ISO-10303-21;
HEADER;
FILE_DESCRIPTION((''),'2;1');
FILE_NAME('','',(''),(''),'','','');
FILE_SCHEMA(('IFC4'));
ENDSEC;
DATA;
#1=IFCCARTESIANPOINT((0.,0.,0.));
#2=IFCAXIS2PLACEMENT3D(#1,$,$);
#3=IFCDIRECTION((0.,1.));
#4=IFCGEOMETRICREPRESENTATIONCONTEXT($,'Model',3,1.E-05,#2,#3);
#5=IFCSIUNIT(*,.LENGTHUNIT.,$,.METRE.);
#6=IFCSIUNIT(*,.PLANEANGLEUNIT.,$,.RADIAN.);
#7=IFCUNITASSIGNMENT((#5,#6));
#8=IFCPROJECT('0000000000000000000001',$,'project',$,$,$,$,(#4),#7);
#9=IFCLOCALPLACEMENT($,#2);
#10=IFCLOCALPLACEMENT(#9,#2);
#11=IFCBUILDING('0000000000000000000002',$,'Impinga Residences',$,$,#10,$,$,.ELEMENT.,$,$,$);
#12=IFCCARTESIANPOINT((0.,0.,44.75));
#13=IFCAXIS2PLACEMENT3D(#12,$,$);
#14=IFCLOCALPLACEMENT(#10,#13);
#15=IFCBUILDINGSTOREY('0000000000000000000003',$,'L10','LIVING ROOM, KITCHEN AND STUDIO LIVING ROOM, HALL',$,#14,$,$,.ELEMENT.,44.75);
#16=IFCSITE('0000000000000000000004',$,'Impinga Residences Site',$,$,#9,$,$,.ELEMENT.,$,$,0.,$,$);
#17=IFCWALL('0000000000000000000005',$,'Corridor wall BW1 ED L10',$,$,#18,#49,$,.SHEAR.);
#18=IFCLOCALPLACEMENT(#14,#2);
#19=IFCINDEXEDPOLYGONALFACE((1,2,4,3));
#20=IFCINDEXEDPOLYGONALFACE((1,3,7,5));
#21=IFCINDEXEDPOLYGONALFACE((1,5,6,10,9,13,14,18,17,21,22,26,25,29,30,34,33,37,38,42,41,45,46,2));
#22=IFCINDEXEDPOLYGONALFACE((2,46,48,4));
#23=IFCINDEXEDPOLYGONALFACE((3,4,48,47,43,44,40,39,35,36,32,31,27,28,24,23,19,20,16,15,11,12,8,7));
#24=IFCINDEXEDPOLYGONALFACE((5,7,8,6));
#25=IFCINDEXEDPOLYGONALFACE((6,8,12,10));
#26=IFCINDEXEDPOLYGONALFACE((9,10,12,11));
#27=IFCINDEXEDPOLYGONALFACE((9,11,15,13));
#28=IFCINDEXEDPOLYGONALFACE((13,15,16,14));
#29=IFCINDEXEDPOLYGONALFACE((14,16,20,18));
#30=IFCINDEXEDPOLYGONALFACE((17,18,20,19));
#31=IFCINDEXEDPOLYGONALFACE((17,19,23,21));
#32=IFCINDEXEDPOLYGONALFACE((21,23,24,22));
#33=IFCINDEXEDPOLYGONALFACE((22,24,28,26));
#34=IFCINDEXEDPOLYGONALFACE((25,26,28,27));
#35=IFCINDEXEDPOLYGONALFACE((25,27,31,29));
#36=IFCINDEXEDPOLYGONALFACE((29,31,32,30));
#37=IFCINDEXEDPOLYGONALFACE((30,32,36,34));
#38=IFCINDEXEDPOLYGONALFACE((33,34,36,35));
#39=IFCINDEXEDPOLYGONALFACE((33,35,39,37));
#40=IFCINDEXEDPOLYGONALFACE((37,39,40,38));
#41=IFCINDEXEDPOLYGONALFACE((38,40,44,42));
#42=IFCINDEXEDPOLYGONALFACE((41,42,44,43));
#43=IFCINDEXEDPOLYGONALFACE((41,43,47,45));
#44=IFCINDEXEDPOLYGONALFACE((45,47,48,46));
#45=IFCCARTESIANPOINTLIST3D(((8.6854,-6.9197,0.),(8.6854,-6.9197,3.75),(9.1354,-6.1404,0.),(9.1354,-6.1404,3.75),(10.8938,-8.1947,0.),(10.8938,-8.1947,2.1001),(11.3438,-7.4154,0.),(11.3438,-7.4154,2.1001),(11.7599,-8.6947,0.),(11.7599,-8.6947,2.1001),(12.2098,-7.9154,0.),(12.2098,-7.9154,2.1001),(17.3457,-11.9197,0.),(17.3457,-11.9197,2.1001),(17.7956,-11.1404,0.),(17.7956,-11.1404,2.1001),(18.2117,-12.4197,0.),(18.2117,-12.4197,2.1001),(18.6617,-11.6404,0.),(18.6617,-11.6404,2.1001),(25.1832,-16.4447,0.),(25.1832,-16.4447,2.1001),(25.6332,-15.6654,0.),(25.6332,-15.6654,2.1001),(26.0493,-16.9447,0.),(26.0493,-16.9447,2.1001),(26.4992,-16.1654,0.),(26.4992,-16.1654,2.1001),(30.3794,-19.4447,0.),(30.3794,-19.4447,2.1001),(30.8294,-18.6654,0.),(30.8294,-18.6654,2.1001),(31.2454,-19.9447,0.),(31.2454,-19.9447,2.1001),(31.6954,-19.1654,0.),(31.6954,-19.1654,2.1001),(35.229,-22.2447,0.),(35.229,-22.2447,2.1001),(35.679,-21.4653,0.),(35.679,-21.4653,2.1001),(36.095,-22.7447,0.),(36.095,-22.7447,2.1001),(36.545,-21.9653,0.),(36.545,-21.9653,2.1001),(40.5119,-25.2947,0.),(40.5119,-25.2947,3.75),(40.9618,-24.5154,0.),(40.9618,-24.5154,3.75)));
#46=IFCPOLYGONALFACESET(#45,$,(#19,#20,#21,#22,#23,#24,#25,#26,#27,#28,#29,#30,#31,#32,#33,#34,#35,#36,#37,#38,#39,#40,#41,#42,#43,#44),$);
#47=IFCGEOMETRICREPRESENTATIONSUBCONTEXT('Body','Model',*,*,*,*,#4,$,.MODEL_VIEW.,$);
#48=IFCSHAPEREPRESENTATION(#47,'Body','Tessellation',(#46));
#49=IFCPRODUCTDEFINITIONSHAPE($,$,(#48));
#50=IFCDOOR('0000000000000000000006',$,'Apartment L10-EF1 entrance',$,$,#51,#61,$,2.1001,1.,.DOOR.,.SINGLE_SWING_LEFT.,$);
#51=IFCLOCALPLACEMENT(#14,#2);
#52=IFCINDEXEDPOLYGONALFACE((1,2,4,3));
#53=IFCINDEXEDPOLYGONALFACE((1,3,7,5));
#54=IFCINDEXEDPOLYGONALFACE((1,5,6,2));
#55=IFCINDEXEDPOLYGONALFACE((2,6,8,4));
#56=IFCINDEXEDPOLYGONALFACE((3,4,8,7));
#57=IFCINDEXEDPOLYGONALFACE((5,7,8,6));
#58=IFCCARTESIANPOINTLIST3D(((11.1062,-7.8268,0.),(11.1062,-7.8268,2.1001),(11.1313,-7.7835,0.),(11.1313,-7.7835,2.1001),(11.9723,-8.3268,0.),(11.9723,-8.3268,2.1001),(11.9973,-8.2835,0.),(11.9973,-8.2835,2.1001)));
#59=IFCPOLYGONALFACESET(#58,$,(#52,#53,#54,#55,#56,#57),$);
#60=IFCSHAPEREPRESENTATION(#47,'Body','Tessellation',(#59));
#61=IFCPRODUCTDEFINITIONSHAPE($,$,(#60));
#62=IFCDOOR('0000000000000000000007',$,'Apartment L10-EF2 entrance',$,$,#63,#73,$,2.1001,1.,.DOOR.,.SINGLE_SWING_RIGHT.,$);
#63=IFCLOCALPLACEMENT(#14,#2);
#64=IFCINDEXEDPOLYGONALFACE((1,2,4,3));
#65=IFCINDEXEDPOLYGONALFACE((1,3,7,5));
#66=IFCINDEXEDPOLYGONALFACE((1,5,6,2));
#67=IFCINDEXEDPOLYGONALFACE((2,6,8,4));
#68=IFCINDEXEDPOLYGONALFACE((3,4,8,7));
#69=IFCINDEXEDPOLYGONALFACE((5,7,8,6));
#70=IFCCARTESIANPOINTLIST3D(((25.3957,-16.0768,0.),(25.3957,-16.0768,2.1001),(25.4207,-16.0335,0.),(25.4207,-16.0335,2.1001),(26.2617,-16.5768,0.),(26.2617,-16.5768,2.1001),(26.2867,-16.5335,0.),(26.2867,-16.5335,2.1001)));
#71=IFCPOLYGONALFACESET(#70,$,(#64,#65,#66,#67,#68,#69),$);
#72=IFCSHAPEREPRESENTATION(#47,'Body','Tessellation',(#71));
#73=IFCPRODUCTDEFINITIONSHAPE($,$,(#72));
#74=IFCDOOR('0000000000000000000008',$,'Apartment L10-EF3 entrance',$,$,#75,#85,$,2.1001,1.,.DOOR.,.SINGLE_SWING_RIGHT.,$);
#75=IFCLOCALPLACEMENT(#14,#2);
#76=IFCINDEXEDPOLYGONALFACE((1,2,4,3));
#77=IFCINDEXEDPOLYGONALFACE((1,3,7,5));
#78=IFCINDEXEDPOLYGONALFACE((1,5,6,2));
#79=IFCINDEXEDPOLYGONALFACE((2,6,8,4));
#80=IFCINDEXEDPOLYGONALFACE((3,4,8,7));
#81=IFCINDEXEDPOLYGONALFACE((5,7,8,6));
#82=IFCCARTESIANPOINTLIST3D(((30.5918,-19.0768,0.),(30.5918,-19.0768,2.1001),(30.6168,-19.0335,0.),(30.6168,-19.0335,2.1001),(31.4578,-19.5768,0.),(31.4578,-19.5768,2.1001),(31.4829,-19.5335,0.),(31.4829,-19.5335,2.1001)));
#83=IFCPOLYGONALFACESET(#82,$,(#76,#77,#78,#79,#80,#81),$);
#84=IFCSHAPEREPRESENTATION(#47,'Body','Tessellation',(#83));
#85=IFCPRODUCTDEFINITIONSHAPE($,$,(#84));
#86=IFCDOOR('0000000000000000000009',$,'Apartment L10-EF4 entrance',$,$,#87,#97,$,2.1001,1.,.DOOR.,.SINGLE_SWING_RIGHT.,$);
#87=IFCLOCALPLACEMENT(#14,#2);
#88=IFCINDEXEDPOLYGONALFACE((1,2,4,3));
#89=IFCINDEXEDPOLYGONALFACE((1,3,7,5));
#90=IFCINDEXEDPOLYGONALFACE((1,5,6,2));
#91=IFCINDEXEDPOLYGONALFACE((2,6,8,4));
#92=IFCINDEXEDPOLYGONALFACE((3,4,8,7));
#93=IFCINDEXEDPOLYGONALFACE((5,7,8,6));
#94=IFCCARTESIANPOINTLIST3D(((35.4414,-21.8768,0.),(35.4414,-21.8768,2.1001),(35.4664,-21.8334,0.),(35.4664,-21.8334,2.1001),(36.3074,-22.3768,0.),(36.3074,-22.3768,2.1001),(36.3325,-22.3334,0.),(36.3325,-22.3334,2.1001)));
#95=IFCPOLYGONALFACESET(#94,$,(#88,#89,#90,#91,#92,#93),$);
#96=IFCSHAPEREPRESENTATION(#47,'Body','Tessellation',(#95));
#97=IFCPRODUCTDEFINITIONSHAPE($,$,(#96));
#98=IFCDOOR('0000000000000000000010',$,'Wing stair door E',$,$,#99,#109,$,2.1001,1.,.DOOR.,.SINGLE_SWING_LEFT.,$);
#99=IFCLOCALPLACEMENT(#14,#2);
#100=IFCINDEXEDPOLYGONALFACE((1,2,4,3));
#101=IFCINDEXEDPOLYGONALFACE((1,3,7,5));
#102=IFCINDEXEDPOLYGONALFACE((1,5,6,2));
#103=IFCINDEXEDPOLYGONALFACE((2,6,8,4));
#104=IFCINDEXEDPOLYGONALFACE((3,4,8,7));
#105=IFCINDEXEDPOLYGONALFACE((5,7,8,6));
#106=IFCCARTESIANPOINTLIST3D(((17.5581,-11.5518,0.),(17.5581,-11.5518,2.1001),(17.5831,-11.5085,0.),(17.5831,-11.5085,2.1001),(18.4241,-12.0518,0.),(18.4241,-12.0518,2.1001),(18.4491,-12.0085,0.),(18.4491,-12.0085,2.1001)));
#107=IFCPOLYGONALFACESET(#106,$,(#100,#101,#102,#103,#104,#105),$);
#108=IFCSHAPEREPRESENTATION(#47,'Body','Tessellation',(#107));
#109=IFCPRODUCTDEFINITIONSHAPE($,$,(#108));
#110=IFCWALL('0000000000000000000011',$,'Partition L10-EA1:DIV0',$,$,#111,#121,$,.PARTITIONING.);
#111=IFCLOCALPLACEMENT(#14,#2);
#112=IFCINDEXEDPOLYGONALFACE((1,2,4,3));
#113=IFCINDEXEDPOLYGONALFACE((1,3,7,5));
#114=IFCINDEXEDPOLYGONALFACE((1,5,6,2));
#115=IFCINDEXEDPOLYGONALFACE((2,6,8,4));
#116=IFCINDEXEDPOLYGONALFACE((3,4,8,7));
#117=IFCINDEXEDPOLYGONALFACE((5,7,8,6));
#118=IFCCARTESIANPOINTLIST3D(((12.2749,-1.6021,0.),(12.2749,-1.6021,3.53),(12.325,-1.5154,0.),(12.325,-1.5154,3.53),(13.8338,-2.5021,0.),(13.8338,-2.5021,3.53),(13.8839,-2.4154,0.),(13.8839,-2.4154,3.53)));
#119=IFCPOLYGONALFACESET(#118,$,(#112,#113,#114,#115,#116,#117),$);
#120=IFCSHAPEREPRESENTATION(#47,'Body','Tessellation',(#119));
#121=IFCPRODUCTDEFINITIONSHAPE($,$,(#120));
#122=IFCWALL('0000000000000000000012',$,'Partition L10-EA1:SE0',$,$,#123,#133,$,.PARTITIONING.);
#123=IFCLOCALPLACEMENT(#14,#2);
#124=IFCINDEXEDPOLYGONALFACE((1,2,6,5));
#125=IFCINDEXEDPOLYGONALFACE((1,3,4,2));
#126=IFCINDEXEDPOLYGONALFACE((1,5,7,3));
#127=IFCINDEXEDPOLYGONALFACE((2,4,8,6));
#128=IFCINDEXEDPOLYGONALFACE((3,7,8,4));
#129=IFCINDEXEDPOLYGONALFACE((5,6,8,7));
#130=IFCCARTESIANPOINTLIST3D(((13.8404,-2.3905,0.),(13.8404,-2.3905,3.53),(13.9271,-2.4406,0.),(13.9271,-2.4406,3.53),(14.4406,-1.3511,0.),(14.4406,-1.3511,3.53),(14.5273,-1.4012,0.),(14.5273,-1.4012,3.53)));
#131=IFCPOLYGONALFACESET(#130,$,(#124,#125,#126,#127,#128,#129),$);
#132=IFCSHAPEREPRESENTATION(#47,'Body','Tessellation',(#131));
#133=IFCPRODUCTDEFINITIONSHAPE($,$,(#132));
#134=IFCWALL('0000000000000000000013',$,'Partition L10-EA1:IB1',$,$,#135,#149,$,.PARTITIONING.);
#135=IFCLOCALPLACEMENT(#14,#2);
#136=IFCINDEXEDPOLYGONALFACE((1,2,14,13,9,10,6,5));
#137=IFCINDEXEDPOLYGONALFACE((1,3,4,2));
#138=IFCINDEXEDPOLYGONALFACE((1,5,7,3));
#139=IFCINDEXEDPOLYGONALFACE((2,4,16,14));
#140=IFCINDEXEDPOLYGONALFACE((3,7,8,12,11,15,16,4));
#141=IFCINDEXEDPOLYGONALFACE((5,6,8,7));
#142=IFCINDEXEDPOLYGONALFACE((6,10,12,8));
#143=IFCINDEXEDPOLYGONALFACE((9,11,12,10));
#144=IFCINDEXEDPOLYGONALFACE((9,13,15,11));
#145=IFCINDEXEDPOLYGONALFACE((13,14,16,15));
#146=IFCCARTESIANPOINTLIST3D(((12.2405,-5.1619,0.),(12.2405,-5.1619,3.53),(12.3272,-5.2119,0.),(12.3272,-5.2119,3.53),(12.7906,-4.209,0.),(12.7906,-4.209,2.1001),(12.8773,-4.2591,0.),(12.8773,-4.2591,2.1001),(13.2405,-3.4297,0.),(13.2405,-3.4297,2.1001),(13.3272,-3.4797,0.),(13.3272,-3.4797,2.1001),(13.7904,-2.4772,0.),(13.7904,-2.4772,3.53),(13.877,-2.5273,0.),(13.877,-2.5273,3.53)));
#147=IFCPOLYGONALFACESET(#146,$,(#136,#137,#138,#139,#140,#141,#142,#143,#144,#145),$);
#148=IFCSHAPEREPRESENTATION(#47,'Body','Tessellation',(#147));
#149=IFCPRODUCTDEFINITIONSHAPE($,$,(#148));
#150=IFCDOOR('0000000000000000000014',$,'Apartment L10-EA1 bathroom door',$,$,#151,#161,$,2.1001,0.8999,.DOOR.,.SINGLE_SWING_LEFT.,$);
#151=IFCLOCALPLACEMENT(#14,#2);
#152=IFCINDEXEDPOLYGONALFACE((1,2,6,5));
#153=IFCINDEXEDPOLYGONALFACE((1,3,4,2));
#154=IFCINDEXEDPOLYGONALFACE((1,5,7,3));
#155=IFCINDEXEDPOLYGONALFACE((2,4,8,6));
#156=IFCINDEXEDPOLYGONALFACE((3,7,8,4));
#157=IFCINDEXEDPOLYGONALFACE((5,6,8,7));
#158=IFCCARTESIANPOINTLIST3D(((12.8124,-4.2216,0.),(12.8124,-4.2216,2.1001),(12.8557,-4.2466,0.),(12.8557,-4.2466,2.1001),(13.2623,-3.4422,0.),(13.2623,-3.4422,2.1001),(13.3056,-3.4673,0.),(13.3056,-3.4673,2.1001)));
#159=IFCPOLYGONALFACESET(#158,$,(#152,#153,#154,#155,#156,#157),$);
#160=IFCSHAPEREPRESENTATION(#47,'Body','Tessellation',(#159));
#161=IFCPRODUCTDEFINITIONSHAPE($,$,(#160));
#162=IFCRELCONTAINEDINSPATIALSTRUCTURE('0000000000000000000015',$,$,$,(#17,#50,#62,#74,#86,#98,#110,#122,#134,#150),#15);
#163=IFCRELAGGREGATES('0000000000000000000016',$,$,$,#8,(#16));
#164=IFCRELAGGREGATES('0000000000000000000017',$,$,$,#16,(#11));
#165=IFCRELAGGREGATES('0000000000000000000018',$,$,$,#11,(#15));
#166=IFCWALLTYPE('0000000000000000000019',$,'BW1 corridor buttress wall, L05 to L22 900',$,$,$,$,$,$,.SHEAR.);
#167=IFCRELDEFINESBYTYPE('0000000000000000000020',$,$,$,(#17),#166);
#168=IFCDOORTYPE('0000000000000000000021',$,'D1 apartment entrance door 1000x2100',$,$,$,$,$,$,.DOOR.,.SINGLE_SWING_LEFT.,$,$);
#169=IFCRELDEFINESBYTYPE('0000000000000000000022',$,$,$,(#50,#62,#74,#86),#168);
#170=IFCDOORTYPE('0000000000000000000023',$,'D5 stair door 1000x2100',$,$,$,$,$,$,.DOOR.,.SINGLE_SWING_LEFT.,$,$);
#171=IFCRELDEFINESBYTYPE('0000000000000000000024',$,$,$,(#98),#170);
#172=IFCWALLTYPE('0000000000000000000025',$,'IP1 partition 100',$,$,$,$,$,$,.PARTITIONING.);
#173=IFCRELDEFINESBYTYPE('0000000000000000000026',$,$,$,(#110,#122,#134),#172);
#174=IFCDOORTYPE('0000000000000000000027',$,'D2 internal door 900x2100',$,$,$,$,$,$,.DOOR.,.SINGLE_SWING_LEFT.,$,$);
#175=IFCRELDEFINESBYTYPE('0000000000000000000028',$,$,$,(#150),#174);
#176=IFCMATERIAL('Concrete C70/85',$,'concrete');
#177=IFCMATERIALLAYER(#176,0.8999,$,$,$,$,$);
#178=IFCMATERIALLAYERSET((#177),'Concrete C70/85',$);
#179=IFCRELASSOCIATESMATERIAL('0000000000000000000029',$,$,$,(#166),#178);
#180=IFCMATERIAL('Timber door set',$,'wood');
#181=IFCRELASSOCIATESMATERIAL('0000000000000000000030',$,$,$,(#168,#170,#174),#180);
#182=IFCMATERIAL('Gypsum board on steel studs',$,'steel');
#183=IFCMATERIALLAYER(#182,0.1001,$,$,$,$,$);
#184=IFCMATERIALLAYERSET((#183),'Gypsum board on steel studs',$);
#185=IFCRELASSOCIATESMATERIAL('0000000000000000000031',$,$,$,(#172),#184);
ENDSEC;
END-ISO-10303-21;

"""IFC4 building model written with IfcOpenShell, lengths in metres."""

from ifc_helpers import new_model, si_unit, direction, frame, frame_2d, origin, place, context, subcontext, project, spatial, rectangle, extrude, material, layer, layer_set, type_object, element, fill, save


model = new_model("IFC4")

# Units and contexts
model_context = context("Model", 3, precision=1e-05, world=origin(), true_north=direction((0.0, 1.0)))
body_context = subcontext(model_context, "Body", "Model", "MODEL_VIEW")
ifc_project = project(units=[si_unit("LENGTHUNIT", "METRE"), si_unit("PLANEANGLEUNIT", "RADIAN")], contexts=[model_context])

# Site, building, storey
site_placement = place(None, origin())
site = spatial("IfcSite", under=ifc_project, at=site_placement, Name="Impinga Residences Site", CompositionType="ELEMENT", RefElevation=0.0)
building_placement = place(site_placement, origin())
building = spatial("IfcBuilding", under=site, at=building_placement, Name="Impinga Residences", CompositionType="ELEMENT")
storey_placement = place(building_placement, frame((0.0, 0.0, 44.75)))
storey = spatial("IfcBuildingStorey", under=building, at=storey_placement, Name="L10", Description="LIVING ROOM, KITCHEN AND STUDIO LIVING ROOM, HALL", CompositionType="ELEMENT", Elevation=44.75)

# Wall, openings, doors
ifc_material_1 = material(Name="Concrete C70/85", Category="concrete")
ifc_layer_1 = layer(ifc_material_1, 0.8999)
ifc_layer_set_1 = layer_set([ifc_layer_1], Name="Concrete C70/85")
wall_type_1 = type_object("IfcWallType", Name="BW1 corridor buttress wall, L05 to L22 900", PredefinedType="SHEAR", material=ifc_layer_set_1)
ifc_material_2 = material(Name="Timber door set", Category="wood")
door_type_1 = type_object("IfcDoorType", Name="D1 apartment entrance door 1000x2100", OperationType="SINGLE_SWING_LEFT", PredefinedType="DOOR", material=ifc_material_2)
wall_1_placement = place(storey_placement, frame((8.9104, -6.53, 0.0), z_axis=(0.0, 0.0, 1.0), x_axis=(0.866025, -0.5, 0.0)))
wall_1 = element("IfcWall", 1, at=wall_1_placement, inside=storey, type_object=wall_type_1, Name="Corridor wall BW1 ED L10", PredefinedType="SHEAR", context=body_context, shape_type="SweptSolid", body=[
    extrude(rectangle(XDim=36.75, YDim=0.8999, at=frame_2d((18.375, 0.0))), origin(), (0.0, 0.0, 1.0), 3.75),
])
opening_1_placement = place(wall_1_placement, frame((10.0, 0.0, 0.0)))
opening_1 = element("IfcOpeningElement", 2, at=opening_1_placement, cuts=wall_1, PredefinedType="OPENING", context=body_context, shape_type="SweptSolid", body=[
    extrude(rectangle(XDim=1.0, YDim=2.1001, at=frame_2d((0.5, 1.05))), frame((0.0, 0.46, 0.0), z_axis=(0.0, -1.0, 0.0), x_axis=(1.0, 0.0, 0.0)), (0.0, 0.0, 1.0), 0.9199),
])
opening_2_placement = place(wall_1_placement, frame((2.55, 0.0, 0.0)))
opening_2 = element("IfcOpeningElement", 3, at=opening_2_placement, cuts=wall_1, PredefinedType="OPENING", context=body_context, shape_type="SweptSolid", body=[
    extrude(rectangle(XDim=1.0, YDim=2.1001, at=frame_2d((0.5, 1.05))), frame((0.0, 0.46, 0.0), z_axis=(0.0, -1.0, 0.0), x_axis=(1.0, 0.0, 0.0)), (0.0, 0.0, 1.0), 0.9199),
])
opening_3_placement = place(wall_1_placement, frame((19.05, 0.0, 0.0)))
opening_3 = element("IfcOpeningElement", 4, at=opening_3_placement, cuts=wall_1, PredefinedType="OPENING", context=body_context, shape_type="SweptSolid", body=[
    extrude(rectangle(XDim=1.0, YDim=2.1001, at=frame_2d((0.5, 1.05))), frame((0.0, 0.46, 0.0), z_axis=(0.0, -1.0, 0.0), x_axis=(1.0, 0.0, 0.0)), (0.0, 0.0, 1.0), 0.9199),
])
opening_4_placement = place(wall_1_placement, frame((25.05, 0.0, 0.0)))
opening_4 = element("IfcOpeningElement", 5, at=opening_4_placement, cuts=wall_1, PredefinedType="OPENING", context=body_context, shape_type="SweptSolid", body=[
    extrude(rectangle(XDim=1.0, YDim=2.1001, at=frame_2d((0.5, 1.05))), frame((0.0, 0.46, 0.0), z_axis=(0.0, -1.0, 0.0), x_axis=(1.0, 0.0, 0.0)), (0.0, 0.0, 1.0), 0.9199),
])
opening_5_placement = place(wall_1_placement, frame((30.6499, 0.0, 0.0)))
opening_5 = element("IfcOpeningElement", 6, at=opening_5_placement, cuts=wall_1, PredefinedType="OPENING", context=body_context, shape_type="SweptSolid", body=[
    extrude(rectangle(XDim=1.0, YDim=2.1001, at=frame_2d((0.5, 1.05))), frame((0.0, 0.46, 0.0), z_axis=(0.0, -1.0, 0.0), x_axis=(1.0, 0.0, 0.0)), (0.0, 0.0, 1.0), 0.9199),
])
door_1_placement = place(opening_2_placement, origin())
door_1 = element("IfcDoor", 7, at=door_1_placement, inside=storey, type_object=door_type_1, Name="Apartment L10-EF1 entrance", OperationType="SINGLE_SWING_LEFT", OverallHeight=2.1001, OverallWidth=1.0, PredefinedType="DOOR", context=body_context, shape_type="SweptSolid", body=[
    extrude(rectangle(XDim=1.0, YDim=2.1001, at=frame_2d((0.5, 1.05))), frame((0.0, 0.0249, 0.0), z_axis=(0.0, -1.0, 0.0), x_axis=(1.0, 0.0, 0.0)), (0.0, 0.0, 1.0), 0.05),
])
fill(opening_2, door_1)
door_2_placement = place(opening_3_placement, origin())
door_2 = element("IfcDoor", 8, at=door_2_placement, inside=storey, type_object=door_type_1, Name="Apartment L10-EF2 entrance", OperationType="SINGLE_SWING_RIGHT", OverallHeight=2.1001, OverallWidth=1.0, PredefinedType="DOOR", context=body_context, shape_type="SweptSolid", body=[
    extrude(rectangle(XDim=1.0, YDim=2.1001, at=frame_2d((0.5, 1.05))), frame((0.0, 0.0249, 0.0), z_axis=(0.0, -1.0, 0.0), x_axis=(1.0, 0.0, 0.0)), (0.0, 0.0, 1.0), 0.05),
])
fill(opening_3, door_2)
door_3_placement = place(opening_4_placement, origin())
door_3 = element("IfcDoor", 9, at=door_3_placement, inside=storey, type_object=door_type_1, Name="Apartment L10-EF3 entrance", OperationType="SINGLE_SWING_RIGHT", OverallHeight=2.1001, OverallWidth=1.0, PredefinedType="DOOR", context=body_context, shape_type="SweptSolid", body=[
    extrude(rectangle(XDim=1.0, YDim=2.1001, at=frame_2d((0.5, 1.05))), frame((0.0, 0.0249, 0.0), z_axis=(0.0, -1.0, 0.0), x_axis=(1.0, 0.0, 0.0)), (0.0, 0.0, 1.0), 0.05),
])
fill(opening_4, door_3)
door_4_placement = place(opening_5_placement, origin())
door_4 = element("IfcDoor", 10, at=door_4_placement, inside=storey, type_object=door_type_1, Name="Apartment L10-EF4 entrance", OperationType="SINGLE_SWING_RIGHT", OverallHeight=2.1001, OverallWidth=1.0, PredefinedType="DOOR", context=body_context, shape_type="SweptSolid", body=[
    extrude(rectangle(XDim=1.0, YDim=2.1001, at=frame_2d((0.5, 1.05))), frame((0.0, 0.0249, 0.0), z_axis=(0.0, -1.0, 0.0), x_axis=(1.0, 0.0, 0.0)), (0.0, 0.0, 1.0), 0.05),
])
fill(opening_5, door_4)
door_type_2 = type_object("IfcDoorType", Name="D5 stair door 1000x2100", OperationType="SINGLE_SWING_LEFT", PredefinedType="DOOR", material=ifc_material_2)
door_5_placement = place(opening_1_placement, origin())
door_5 = element("IfcDoor", 11, at=door_5_placement, inside=storey, type_object=door_type_2, Name="Wing stair door E", OperationType="SINGLE_SWING_LEFT", OverallHeight=2.1001, OverallWidth=1.0, PredefinedType="DOOR", context=body_context, shape_type="SweptSolid", body=[
    extrude(rectangle(XDim=1.0, YDim=2.1001, at=frame_2d((0.5, 1.05))), frame((0.0, 0.0249, 0.0), z_axis=(0.0, -1.0, 0.0), x_axis=(1.0, 0.0, 0.0)), (0.0, 0.0, 1.0), 0.05),
])
fill(opening_1, door_5)

# Walls
ifc_material_3 = material(Name="Gypsum board on steel studs", Category="steel")
ifc_layer_2 = layer(ifc_material_3, 0.1001)
ifc_layer_set_2 = layer_set([ifc_layer_2], Name="Gypsum board on steel studs")
wall_type_2 = type_object("IfcWallType", Name="IP1 partition 100", PredefinedType="PARTITIONING", material=ifc_layer_set_2)
wall_2_placement = place(storey_placement, frame((12.3, -1.5588, 0.0), z_axis=(0.0, 0.0, 1.0), x_axis=(0.866048, -0.499961, 0.0)))
element("IfcWall", 12, at=wall_2_placement, inside=storey, type_object=wall_type_2, Name="Partition L10-EA1:DIV0", PredefinedType="PARTITIONING", context=body_context, shape_type="SweptSolid", body=[
    extrude(rectangle(XDim=1.8, YDim=0.1001, at=frame_2d((0.8999, 0.0))), origin(), (0.0, 0.0, 1.0), 3.53),
])
wall_3_placement = place(storey_placement, frame((13.8838, -2.4155, 0.0), z_axis=(0.0, 0.0, 1.0), x_axis=(0.500034, 0.866006, 0.0)))
element("IfcWall", 13, at=wall_3_placement, inside=storey, type_object=wall_type_2, Name="Partition L10-EA1:SE0", PredefinedType="PARTITIONING", context=body_context, shape_type="SweptSolid", body=[
    extrude(rectangle(XDim=1.2002, YDim=0.1001, at=frame_2d((0.6001, 0.0))), origin(), (0.0, 0.0, 1.0), 3.53),
])

# Wall, opening, door
wall_4_placement = place(storey_placement, frame((12.2839, -5.1868, 0.0), z_axis=(0.0, 0.0, 1.0), x_axis=(0.499968, 0.866044, 0.0)))
wall_4 = element("IfcWall", 14, at=wall_4_placement, inside=storey, type_object=wall_type_2, Name="Partition L10-EA1:IB1", PredefinedType="PARTITIONING", context=body_context, shape_type="SweptSolid", body=[
    extrude(rectangle(XDim=3.0999, YDim=0.1001, at=frame_2d((1.5498, 0.0))), origin(), (0.0, 0.0, 1.0), 3.53),
])
opening_6_placement = place(wall_4_placement, frame((1.1001, 0.0, 0.0)))
opening_6 = element("IfcOpeningElement", 15, at=opening_6_placement, cuts=wall_4, PredefinedType="OPENING", context=body_context, shape_type="SweptSolid", body=[
    extrude(rectangle(XDim=0.8999, YDim=2.1001, at=frame_2d((0.45, 1.05))), frame((0.0, 0.0601, 0.0), z_axis=(0.0, -1.0, 0.0), x_axis=(1.0, 0.0, 0.0)), (0.0, 0.0, 1.0), 0.1201),
])
door_type_3 = type_object("IfcDoorType", Name="D2 internal door 900x2100", OperationType="SINGLE_SWING_LEFT", PredefinedType="DOOR", material=ifc_material_2)
door_6_placement = place(opening_6_placement, origin())
door_6 = element("IfcDoor", 16, at=door_6_placement, inside=storey, type_object=door_type_3, Name="Apartment L10-EA1 bathroom door", OperationType="SINGLE_SWING_LEFT", OverallHeight=2.1001, OverallWidth=0.8999, PredefinedType="DOOR", context=body_context, shape_type="SweptSolid", body=[
    extrude(rectangle(XDim=0.8999, YDim=2.1001, at=frame_2d((0.45, 1.05))), frame((0.0, 0.0249, 0.0), z_axis=(0.0, -1.0, 0.0), x_axis=(1.0, 0.0, 0.0)), (0.0, 0.0, 1.0), 0.05),
])
fill(opening_6, door_6)

save(model, "model.ifc")
